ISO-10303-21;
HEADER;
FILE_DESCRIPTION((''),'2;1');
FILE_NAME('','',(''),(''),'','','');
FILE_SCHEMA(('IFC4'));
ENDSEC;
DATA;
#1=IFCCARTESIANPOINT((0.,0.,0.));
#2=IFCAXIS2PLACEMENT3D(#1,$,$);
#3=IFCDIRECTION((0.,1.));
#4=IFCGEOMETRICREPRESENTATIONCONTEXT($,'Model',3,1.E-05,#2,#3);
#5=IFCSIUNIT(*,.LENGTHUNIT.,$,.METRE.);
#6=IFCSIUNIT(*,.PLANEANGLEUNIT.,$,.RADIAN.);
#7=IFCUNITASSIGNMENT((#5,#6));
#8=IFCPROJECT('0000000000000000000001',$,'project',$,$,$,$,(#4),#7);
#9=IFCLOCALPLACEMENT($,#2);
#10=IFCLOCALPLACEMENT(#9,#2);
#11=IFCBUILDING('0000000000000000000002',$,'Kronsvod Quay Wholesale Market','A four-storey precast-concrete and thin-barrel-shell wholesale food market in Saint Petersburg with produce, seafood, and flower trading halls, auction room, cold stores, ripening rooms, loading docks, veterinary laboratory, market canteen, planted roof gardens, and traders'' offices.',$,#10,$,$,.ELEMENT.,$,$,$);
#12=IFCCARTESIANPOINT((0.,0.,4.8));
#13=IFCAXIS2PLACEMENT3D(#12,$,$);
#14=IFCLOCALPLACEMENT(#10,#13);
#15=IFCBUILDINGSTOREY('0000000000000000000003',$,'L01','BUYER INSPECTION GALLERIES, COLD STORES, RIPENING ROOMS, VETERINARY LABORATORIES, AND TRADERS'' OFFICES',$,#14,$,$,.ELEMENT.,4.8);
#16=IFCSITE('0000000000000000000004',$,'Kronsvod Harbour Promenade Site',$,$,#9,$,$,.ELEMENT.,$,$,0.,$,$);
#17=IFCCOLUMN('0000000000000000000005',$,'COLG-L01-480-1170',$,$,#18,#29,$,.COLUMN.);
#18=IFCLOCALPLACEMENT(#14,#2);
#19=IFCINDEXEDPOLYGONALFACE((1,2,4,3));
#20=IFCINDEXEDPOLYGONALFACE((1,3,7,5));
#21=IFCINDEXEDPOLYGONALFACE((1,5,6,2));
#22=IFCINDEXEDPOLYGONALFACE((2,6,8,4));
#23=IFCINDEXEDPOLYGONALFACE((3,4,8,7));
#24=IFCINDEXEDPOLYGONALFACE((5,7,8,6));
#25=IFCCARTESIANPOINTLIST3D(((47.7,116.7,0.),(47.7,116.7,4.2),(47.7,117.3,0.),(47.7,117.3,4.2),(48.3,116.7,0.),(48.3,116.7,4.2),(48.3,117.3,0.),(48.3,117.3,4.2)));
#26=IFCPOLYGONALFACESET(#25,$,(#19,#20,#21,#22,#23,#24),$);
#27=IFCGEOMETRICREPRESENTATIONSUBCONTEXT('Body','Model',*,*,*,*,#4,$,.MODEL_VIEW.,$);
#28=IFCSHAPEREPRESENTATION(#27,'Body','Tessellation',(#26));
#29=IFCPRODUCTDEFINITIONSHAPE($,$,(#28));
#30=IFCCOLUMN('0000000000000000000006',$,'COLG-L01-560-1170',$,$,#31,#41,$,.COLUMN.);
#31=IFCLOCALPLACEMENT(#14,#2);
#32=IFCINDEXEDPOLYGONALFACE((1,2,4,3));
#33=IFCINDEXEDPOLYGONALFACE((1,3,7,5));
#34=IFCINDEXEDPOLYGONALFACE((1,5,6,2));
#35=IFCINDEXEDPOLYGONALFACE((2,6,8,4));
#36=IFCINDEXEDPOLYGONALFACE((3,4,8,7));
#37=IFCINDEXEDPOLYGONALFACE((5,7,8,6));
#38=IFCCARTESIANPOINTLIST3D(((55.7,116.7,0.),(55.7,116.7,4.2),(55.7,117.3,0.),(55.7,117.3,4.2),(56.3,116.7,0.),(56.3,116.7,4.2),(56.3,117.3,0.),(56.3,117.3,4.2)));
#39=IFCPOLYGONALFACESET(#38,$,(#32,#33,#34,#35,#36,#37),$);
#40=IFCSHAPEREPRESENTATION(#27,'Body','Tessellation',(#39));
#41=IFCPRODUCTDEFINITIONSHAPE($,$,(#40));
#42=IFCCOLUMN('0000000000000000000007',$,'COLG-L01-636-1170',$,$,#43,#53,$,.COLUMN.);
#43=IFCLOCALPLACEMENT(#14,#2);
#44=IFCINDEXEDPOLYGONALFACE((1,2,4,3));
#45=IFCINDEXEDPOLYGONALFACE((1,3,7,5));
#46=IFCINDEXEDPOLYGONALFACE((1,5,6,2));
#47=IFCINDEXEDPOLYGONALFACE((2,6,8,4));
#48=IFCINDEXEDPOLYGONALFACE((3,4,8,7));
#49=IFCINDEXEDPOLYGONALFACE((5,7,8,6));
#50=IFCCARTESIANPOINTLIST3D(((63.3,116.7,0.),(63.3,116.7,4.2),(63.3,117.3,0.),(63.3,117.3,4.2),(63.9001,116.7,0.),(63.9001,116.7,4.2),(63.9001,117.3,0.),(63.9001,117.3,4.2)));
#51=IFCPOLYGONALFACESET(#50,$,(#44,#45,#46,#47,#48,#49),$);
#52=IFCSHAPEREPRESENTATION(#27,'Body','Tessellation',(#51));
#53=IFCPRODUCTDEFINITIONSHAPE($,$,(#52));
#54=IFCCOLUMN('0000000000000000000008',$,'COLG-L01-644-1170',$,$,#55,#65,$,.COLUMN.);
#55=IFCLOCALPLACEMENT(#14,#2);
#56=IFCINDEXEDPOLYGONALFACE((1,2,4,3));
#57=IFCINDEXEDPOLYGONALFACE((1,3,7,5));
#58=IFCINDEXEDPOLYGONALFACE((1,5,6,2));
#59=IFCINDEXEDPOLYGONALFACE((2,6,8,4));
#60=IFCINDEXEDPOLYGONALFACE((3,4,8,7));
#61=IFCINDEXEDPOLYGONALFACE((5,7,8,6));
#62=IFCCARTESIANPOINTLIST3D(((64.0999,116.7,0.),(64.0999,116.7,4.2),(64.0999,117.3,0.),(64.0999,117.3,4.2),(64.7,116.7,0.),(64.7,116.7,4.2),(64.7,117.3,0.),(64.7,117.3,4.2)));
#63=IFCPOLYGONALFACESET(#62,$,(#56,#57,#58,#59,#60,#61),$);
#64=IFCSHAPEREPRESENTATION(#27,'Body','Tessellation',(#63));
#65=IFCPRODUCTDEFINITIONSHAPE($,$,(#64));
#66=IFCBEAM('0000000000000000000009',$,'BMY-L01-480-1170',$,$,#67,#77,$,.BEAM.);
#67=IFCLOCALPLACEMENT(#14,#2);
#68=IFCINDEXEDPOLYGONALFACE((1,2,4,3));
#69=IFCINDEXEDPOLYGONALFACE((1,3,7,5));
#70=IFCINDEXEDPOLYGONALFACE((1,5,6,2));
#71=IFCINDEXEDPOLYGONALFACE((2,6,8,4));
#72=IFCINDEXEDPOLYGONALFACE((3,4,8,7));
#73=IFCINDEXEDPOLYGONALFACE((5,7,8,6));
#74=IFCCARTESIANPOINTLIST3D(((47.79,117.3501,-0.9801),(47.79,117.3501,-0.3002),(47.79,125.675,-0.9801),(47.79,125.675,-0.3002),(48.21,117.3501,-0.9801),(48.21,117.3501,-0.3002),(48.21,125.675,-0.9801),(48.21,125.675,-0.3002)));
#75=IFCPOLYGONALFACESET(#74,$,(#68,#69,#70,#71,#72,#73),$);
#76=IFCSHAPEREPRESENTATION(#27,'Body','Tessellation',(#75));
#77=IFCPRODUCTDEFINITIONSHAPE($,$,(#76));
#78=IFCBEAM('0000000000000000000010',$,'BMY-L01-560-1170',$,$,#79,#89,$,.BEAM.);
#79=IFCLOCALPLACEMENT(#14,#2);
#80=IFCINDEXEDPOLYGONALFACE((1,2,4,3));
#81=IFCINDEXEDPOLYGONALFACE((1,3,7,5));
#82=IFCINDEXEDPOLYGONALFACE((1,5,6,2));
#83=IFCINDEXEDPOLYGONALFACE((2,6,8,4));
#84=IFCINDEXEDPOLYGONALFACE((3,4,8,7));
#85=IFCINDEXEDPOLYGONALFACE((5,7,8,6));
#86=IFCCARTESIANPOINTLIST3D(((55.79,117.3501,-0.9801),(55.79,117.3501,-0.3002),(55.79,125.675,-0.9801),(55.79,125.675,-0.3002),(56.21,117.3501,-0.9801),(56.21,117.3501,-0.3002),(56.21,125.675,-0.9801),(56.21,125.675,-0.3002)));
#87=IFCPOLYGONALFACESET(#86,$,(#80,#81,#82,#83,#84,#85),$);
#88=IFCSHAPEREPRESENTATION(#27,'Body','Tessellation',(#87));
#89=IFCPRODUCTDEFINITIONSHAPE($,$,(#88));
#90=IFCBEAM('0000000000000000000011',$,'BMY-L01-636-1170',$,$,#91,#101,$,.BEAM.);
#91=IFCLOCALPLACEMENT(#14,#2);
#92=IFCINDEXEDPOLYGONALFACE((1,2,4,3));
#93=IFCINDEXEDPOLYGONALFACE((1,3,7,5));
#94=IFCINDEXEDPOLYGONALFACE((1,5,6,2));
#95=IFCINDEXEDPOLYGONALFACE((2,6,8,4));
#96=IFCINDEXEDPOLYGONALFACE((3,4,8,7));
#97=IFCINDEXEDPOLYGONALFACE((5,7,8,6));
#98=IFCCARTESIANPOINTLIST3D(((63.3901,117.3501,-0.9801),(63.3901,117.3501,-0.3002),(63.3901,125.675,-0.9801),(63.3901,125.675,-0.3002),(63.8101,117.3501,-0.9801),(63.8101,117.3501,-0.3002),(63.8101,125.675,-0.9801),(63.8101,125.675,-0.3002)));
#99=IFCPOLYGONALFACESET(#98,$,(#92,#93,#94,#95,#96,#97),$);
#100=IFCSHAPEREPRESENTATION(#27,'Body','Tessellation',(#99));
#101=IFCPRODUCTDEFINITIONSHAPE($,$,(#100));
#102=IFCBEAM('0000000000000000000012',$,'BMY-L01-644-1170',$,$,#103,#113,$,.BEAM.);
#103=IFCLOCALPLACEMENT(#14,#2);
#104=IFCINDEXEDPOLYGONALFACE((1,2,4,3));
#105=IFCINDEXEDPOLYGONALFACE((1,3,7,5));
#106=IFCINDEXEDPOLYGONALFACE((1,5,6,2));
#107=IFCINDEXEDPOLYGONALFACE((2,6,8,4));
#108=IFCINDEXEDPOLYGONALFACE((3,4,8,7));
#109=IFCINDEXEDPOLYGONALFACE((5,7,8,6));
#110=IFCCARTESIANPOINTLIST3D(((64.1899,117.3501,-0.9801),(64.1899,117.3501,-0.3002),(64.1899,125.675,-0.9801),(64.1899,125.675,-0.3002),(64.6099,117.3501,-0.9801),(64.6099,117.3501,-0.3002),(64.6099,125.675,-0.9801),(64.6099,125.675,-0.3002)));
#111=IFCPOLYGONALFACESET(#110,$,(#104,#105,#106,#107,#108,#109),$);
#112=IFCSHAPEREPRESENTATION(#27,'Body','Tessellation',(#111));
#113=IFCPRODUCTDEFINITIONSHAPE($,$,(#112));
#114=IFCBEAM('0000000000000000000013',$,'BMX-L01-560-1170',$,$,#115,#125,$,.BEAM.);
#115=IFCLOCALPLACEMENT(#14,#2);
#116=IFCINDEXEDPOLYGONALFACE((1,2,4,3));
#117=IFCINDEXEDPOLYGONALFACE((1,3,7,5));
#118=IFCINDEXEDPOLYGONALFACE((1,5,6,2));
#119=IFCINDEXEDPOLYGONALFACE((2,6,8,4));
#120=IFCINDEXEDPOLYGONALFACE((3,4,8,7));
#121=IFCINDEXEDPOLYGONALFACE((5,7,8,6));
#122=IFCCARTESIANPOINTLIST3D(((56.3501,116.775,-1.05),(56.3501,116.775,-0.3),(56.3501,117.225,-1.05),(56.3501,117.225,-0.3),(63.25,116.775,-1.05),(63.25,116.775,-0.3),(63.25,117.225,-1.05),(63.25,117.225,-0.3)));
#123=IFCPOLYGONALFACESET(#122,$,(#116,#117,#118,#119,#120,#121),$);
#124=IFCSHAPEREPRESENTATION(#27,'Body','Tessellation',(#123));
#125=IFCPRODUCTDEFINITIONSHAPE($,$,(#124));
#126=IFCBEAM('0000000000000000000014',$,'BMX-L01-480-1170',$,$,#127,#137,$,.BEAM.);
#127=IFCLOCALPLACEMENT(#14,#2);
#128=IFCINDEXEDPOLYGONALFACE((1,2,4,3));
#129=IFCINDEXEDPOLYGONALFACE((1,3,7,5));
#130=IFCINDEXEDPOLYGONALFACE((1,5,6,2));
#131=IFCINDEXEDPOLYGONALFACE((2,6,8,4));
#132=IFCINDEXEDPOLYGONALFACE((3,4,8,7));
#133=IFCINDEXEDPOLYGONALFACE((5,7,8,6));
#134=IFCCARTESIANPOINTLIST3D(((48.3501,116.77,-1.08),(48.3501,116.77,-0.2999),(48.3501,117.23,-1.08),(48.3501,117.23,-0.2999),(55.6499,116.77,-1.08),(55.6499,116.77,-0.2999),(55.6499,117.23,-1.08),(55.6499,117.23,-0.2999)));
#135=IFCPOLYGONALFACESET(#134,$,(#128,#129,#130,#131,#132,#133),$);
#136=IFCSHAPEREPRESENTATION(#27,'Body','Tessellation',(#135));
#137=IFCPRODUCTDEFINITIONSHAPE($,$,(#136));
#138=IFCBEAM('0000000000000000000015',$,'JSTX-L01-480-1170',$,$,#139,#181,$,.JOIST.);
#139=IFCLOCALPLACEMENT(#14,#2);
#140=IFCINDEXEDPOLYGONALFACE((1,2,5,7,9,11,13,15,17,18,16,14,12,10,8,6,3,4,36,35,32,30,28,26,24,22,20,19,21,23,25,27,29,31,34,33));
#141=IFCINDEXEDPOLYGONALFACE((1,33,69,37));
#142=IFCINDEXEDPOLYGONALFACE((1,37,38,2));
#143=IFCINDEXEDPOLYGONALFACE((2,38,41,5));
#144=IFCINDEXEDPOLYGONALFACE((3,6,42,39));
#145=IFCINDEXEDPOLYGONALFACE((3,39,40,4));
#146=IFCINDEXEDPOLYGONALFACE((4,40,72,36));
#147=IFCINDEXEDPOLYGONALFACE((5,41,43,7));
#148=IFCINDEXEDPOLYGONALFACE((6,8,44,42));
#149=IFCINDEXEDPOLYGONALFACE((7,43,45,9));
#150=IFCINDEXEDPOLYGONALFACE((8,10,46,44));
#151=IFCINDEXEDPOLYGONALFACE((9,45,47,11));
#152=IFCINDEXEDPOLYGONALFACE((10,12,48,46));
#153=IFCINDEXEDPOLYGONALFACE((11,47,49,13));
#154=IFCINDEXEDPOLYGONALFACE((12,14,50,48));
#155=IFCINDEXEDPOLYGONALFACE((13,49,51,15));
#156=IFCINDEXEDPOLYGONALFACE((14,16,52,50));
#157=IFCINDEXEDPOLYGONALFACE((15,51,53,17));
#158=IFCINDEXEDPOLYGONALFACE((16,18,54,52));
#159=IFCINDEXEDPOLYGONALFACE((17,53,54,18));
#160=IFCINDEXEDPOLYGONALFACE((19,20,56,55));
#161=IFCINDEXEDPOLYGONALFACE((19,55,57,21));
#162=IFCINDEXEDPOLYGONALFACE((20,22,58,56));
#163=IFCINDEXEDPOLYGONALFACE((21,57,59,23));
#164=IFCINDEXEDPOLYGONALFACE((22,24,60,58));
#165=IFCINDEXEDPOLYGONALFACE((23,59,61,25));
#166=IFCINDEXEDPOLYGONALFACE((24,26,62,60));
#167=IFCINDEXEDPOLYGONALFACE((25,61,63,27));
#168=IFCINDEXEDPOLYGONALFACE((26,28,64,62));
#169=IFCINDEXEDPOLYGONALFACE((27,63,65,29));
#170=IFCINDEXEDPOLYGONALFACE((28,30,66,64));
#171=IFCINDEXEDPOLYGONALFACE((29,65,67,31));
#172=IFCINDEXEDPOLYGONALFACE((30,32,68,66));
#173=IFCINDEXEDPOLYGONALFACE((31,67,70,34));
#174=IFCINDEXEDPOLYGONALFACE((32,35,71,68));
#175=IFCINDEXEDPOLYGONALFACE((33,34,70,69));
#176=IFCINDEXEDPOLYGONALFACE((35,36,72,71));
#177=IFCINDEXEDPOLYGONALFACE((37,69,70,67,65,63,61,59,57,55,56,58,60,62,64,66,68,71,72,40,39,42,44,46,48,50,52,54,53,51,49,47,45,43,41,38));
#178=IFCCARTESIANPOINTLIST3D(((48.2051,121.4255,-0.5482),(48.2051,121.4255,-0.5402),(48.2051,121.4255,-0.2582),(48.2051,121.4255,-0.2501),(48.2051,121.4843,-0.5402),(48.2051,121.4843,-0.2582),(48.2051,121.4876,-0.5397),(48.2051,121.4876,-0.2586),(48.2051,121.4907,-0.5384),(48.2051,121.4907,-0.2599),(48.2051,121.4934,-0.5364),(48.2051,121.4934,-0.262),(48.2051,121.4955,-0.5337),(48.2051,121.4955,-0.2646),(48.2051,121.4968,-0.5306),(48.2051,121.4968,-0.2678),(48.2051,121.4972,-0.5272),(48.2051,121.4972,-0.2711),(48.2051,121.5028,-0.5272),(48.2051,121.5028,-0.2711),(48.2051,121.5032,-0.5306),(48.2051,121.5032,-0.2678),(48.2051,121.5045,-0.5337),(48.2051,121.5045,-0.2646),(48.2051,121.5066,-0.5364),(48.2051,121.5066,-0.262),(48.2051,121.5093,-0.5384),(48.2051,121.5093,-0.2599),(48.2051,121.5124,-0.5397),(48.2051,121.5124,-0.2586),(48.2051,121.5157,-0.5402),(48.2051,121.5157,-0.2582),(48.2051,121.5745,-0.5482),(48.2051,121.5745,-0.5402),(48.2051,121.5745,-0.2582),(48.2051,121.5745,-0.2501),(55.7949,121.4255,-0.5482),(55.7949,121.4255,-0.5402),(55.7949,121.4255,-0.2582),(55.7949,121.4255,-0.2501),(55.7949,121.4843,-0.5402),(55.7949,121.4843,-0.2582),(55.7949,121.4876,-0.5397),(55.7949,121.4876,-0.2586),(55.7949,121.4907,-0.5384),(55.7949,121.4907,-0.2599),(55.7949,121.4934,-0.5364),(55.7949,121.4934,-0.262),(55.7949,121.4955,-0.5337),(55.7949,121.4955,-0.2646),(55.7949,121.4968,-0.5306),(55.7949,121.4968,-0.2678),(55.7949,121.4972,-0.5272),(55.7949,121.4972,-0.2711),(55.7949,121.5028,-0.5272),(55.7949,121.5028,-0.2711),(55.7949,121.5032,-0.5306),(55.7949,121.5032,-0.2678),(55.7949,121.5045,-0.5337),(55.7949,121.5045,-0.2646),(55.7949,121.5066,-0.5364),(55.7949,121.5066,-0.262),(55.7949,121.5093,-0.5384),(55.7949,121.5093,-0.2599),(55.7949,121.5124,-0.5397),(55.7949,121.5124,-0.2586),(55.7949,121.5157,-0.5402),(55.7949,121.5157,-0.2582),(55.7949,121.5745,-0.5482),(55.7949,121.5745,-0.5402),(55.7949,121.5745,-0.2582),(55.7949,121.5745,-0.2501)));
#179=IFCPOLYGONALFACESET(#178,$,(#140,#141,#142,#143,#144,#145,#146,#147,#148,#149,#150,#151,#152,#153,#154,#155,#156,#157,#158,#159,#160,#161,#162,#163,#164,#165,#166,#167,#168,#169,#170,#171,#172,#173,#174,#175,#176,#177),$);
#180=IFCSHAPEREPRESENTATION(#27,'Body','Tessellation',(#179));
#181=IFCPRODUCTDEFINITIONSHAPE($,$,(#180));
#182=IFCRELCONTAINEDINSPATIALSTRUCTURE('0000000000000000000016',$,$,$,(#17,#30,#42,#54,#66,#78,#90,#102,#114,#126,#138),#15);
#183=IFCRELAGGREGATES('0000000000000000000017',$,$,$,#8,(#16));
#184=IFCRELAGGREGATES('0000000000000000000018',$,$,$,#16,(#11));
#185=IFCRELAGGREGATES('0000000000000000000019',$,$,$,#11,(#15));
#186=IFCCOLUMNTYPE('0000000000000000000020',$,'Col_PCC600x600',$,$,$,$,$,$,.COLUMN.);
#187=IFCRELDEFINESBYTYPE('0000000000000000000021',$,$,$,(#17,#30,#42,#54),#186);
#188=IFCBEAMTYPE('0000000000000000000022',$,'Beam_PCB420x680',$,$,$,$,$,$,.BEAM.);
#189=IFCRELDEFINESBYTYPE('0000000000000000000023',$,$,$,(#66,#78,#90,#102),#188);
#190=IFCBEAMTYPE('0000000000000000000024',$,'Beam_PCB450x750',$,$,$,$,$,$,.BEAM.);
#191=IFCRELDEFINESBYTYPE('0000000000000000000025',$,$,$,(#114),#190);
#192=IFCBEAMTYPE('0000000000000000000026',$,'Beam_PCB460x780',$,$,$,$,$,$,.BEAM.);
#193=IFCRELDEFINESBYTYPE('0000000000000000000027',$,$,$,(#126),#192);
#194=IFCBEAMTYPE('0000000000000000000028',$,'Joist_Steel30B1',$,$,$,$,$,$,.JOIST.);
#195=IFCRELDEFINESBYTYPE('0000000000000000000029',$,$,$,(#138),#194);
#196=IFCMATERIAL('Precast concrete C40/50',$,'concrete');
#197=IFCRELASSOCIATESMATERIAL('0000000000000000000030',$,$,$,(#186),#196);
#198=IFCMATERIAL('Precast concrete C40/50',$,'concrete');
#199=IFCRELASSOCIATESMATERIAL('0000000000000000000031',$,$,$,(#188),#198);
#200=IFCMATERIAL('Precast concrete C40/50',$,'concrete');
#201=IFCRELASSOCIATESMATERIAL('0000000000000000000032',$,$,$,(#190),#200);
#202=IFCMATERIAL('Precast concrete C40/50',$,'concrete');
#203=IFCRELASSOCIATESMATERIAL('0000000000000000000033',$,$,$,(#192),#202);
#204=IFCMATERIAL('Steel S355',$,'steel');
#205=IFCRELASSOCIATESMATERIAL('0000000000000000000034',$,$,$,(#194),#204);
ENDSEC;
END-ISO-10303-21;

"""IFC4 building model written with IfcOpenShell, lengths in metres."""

from ifc_helpers import new_model, si_unit, direction, frame, origin, origin_2d, place, context, subcontext, project, spatial, rectangle, i_section, extrude, material, material_profile, profile_set, type_object, element, save


model = new_model("IFC4")

# Units and contexts
model_context = context("Model", 3, precision=1e-05, world=origin(), true_north=direction((0.0, 1.0)))
body_context = subcontext(model_context, "Body", "Model", "MODEL_VIEW")
ifc_project = project(units=[si_unit("LENGTHUNIT", "METRE"), si_unit("PLANEANGLEUNIT", "RADIAN")], contexts=[model_context])

# Site, building, storey
site_placement = place(None, origin())
site = spatial("IfcSite", under=ifc_project, at=site_placement, Name="Kronsvod Harbour Promenade Site", CompositionType="ELEMENT", RefElevation=0.0)
building_placement = place(site_placement, origin())
building = spatial("IfcBuilding", under=site, at=building_placement, Name="Kronsvod Quay Wholesale Market", Description="A four-storey precast-concrete and thin-barrel-shell wholesale food market in Saint Petersburg with produce, seafood, and flower trading halls, auction room, cold stores, ripening rooms, loading docks, veterinary laboratory, market canteen, planted roof gardens, and traders' offices.", CompositionType="ELEMENT")
storey_placement = place(building_placement, frame((0.0, 0.0, 4.8)))
storey = spatial("IfcBuildingStorey", under=building, at=storey_placement, Name="L01", Description="BUYER INSPECTION GALLERIES, COLD STORES, RIPENING ROOMS, VETERINARY LABORATORIES, AND TRADERS' OFFICES", CompositionType="ELEMENT", Elevation=4.8)

# Columns
ifc_material_1 = material(Name="Precast concrete C40/50", Category="concrete")
ifc_material_profile_1 = material_profile(ifc_material_1, rectangle(XDim=0.6001, YDim=0.6001, at=origin_2d()), Name="PCC600x600")
ifc_profile_set_1 = profile_set([ifc_material_profile_1], Name="Precast concrete C40/50")
column_type = type_object("IfcColumnType", Name="Col_PCC600x600", PredefinedType="COLUMN", material=ifc_profile_set_1)
for number, where, z_axis, x_axis, name in (
    (1, (48.0, 117.0, 0.0), (0.0, 0.0, 1.0), (1.0, 0.0, 0.0), "COLG-L01-480-1170"),
    (2, (56.0, 117.0, 0.0), (0.0, 0.0, 1.0), (1.0, 0.0, 0.0), "COLG-L01-560-1170"),
    (3, (63.6001, 117.0, 0.0), (0.0, 0.0, 1.0), (1.0, 0.0, 0.0), "COLG-L01-636-1170"),
    (4, (64.3999, 117.0, 0.0), (0.0, 0.0, 1.0), (1.0, 0.0, 0.0), "COLG-L01-644-1170"),
):
    element("IfcColumn", number, at=place(storey_placement, frame(where, z_axis=z_axis, x_axis=x_axis)), inside=storey, type_object=column_type, Name=name, PredefinedType="COLUMN", context=body_context, shape_type="SweptSolid", body=[
        extrude(rectangle(XDim=0.6001, YDim=0.6001, at=origin_2d()), origin(), (0.0, 0.0, 1.0), 4.2),
    ])

# Beams
ifc_material_2 = material(Name="Precast concrete C40/50", Category="concrete")
ifc_material_profile_2 = material_profile(ifc_material_2, rectangle(XDim=0.4199, YDim=0.6799, at=origin_2d()), Name="PB-05")
ifc_profile_set_2 = profile_set([ifc_material_profile_2], Name="Precast concrete C40/50")
beam_type_1 = type_object("IfcBeamType", Name="Beam_PCB420x680", PredefinedType="BEAM", material=ifc_profile_set_2)
for number, where, z_axis, x_axis, name in (
    (5, (48.0, 117.3501, -0.6401), (0.0, 1.0, 0.0), (-1.0, 0.0, 0.0), "BMY-L01-480-1170"),
    (6, (56.0, 117.3501, -0.6401), (0.0, 1.0, 0.0), (-1.0, 0.0, 0.0), "BMY-L01-560-1170"),
    (7, (63.6001, 117.3501, -0.6401), (0.0, 1.0, 0.0), (-1.0, 0.0, 0.0), "BMY-L01-636-1170"),
    (8, (64.3999, 117.3501, -0.6401), (0.0, 1.0, 0.0), (-1.0, 0.0, 0.0), "BMY-L01-644-1170"),
):
    element("IfcBeam", number, at=place(storey_placement, frame(where, z_axis=z_axis, x_axis=x_axis)), inside=storey, type_object=beam_type_1, Name=name, PredefinedType="BEAM", context=body_context, shape_type="SweptSolid", body=[
        extrude(rectangle(XDim=0.4199, YDim=0.6799, at=origin_2d()), origin(), (0.0, 0.0, 1.0), 8.325),
    ])
ifc_material_3 = material(Name="Precast concrete C40/50", Category="concrete")
ifc_material_profile_3 = material_profile(ifc_material_3, rectangle(XDim=0.45, YDim=0.75, at=origin_2d()), Name="PCB450x750")
ifc_profile_set_3 = profile_set([ifc_material_profile_3], Name="Precast concrete C40/50")
beam_type_2 = type_object("IfcBeamType", Name="Beam_PCB450x750", PredefinedType="BEAM", material=ifc_profile_set_3)
beam_1_placement = place(storey_placement, frame((56.3501, 117.0, -0.675), z_axis=(1.0, 0.0, 0.0), x_axis=(0.0, 1.0, 0.0)))
element("IfcBeam", 9, at=beam_1_placement, inside=storey, type_object=beam_type_2, Name="BMX-L01-560-1170", PredefinedType="BEAM", context=body_context, shape_type="SweptSolid", body=[
    extrude(rectangle(XDim=0.45, YDim=0.75, at=origin_2d()), origin(), (0.0, 0.0, 1.0), 6.8999),
])
ifc_material_4 = material(Name="Precast concrete C40/50", Category="concrete")
ifc_material_profile_4 = material_profile(ifc_material_4, rectangle(XDim=0.46, YDim=0.78, at=origin_2d()), Name="PB-03")
ifc_profile_set_4 = profile_set([ifc_material_profile_4], Name="Precast concrete C40/50")
beam_type_3 = type_object("IfcBeamType", Name="Beam_PCB460x780", PredefinedType="BEAM", material=ifc_profile_set_4)
beam_2_placement = place(storey_placement, frame((48.3501, 117.0, -0.6899), z_axis=(1.0, 0.0, 0.0), x_axis=(0.0, 1.0, 0.0)))
element("IfcBeam", 10, at=beam_2_placement, inside=storey, type_object=beam_type_3, Name="BMX-L01-480-1170", PredefinedType="BEAM", context=body_context, shape_type="SweptSolid", body=[
    extrude(rectangle(XDim=0.46, YDim=0.78, at=origin_2d()), origin(), (0.0, 0.0, 1.0), 7.2998),
])
ifc_material_5 = material(Name="Steel S355", Category="steel")
ifc_material_profile_5 = material_profile(ifc_material_5, i_section(OverallWidth=0.1489, OverallDepth=0.2981, WebThickness=0.0056, FlangeThickness=0.0081, FilletRadius=0.0129, at=origin_2d()), Name="30B1")
ifc_profile_set_5 = profile_set([ifc_material_profile_5], Name="Steel S355")
beam_type_4 = type_object("IfcBeamType", Name="Joist_Steel30B1", PredefinedType="JOIST", material=ifc_profile_set_5)
beam_3_placement = place(storey_placement, frame((48.2051, 121.5, -0.3992), z_axis=(1.0, 0.0, 0.0), x_axis=(0.0, 1.0, 0.0)))
element("IfcBeam", 11, at=beam_3_placement, inside=storey, type_object=beam_type_4, Name="JSTX-L01-480-1170", PredefinedType="JOIST", context=body_context, shape_type="SweptSolid", body=[
    extrude(i_section(OverallWidth=0.1489, OverallDepth=0.2981, WebThickness=0.0056, FlangeThickness=0.0081, FilletRadius=0.0129, at=origin_2d()), origin(), (0.0, 0.0, 1.0), 7.5898),
])

save(model, "model.ifc")
